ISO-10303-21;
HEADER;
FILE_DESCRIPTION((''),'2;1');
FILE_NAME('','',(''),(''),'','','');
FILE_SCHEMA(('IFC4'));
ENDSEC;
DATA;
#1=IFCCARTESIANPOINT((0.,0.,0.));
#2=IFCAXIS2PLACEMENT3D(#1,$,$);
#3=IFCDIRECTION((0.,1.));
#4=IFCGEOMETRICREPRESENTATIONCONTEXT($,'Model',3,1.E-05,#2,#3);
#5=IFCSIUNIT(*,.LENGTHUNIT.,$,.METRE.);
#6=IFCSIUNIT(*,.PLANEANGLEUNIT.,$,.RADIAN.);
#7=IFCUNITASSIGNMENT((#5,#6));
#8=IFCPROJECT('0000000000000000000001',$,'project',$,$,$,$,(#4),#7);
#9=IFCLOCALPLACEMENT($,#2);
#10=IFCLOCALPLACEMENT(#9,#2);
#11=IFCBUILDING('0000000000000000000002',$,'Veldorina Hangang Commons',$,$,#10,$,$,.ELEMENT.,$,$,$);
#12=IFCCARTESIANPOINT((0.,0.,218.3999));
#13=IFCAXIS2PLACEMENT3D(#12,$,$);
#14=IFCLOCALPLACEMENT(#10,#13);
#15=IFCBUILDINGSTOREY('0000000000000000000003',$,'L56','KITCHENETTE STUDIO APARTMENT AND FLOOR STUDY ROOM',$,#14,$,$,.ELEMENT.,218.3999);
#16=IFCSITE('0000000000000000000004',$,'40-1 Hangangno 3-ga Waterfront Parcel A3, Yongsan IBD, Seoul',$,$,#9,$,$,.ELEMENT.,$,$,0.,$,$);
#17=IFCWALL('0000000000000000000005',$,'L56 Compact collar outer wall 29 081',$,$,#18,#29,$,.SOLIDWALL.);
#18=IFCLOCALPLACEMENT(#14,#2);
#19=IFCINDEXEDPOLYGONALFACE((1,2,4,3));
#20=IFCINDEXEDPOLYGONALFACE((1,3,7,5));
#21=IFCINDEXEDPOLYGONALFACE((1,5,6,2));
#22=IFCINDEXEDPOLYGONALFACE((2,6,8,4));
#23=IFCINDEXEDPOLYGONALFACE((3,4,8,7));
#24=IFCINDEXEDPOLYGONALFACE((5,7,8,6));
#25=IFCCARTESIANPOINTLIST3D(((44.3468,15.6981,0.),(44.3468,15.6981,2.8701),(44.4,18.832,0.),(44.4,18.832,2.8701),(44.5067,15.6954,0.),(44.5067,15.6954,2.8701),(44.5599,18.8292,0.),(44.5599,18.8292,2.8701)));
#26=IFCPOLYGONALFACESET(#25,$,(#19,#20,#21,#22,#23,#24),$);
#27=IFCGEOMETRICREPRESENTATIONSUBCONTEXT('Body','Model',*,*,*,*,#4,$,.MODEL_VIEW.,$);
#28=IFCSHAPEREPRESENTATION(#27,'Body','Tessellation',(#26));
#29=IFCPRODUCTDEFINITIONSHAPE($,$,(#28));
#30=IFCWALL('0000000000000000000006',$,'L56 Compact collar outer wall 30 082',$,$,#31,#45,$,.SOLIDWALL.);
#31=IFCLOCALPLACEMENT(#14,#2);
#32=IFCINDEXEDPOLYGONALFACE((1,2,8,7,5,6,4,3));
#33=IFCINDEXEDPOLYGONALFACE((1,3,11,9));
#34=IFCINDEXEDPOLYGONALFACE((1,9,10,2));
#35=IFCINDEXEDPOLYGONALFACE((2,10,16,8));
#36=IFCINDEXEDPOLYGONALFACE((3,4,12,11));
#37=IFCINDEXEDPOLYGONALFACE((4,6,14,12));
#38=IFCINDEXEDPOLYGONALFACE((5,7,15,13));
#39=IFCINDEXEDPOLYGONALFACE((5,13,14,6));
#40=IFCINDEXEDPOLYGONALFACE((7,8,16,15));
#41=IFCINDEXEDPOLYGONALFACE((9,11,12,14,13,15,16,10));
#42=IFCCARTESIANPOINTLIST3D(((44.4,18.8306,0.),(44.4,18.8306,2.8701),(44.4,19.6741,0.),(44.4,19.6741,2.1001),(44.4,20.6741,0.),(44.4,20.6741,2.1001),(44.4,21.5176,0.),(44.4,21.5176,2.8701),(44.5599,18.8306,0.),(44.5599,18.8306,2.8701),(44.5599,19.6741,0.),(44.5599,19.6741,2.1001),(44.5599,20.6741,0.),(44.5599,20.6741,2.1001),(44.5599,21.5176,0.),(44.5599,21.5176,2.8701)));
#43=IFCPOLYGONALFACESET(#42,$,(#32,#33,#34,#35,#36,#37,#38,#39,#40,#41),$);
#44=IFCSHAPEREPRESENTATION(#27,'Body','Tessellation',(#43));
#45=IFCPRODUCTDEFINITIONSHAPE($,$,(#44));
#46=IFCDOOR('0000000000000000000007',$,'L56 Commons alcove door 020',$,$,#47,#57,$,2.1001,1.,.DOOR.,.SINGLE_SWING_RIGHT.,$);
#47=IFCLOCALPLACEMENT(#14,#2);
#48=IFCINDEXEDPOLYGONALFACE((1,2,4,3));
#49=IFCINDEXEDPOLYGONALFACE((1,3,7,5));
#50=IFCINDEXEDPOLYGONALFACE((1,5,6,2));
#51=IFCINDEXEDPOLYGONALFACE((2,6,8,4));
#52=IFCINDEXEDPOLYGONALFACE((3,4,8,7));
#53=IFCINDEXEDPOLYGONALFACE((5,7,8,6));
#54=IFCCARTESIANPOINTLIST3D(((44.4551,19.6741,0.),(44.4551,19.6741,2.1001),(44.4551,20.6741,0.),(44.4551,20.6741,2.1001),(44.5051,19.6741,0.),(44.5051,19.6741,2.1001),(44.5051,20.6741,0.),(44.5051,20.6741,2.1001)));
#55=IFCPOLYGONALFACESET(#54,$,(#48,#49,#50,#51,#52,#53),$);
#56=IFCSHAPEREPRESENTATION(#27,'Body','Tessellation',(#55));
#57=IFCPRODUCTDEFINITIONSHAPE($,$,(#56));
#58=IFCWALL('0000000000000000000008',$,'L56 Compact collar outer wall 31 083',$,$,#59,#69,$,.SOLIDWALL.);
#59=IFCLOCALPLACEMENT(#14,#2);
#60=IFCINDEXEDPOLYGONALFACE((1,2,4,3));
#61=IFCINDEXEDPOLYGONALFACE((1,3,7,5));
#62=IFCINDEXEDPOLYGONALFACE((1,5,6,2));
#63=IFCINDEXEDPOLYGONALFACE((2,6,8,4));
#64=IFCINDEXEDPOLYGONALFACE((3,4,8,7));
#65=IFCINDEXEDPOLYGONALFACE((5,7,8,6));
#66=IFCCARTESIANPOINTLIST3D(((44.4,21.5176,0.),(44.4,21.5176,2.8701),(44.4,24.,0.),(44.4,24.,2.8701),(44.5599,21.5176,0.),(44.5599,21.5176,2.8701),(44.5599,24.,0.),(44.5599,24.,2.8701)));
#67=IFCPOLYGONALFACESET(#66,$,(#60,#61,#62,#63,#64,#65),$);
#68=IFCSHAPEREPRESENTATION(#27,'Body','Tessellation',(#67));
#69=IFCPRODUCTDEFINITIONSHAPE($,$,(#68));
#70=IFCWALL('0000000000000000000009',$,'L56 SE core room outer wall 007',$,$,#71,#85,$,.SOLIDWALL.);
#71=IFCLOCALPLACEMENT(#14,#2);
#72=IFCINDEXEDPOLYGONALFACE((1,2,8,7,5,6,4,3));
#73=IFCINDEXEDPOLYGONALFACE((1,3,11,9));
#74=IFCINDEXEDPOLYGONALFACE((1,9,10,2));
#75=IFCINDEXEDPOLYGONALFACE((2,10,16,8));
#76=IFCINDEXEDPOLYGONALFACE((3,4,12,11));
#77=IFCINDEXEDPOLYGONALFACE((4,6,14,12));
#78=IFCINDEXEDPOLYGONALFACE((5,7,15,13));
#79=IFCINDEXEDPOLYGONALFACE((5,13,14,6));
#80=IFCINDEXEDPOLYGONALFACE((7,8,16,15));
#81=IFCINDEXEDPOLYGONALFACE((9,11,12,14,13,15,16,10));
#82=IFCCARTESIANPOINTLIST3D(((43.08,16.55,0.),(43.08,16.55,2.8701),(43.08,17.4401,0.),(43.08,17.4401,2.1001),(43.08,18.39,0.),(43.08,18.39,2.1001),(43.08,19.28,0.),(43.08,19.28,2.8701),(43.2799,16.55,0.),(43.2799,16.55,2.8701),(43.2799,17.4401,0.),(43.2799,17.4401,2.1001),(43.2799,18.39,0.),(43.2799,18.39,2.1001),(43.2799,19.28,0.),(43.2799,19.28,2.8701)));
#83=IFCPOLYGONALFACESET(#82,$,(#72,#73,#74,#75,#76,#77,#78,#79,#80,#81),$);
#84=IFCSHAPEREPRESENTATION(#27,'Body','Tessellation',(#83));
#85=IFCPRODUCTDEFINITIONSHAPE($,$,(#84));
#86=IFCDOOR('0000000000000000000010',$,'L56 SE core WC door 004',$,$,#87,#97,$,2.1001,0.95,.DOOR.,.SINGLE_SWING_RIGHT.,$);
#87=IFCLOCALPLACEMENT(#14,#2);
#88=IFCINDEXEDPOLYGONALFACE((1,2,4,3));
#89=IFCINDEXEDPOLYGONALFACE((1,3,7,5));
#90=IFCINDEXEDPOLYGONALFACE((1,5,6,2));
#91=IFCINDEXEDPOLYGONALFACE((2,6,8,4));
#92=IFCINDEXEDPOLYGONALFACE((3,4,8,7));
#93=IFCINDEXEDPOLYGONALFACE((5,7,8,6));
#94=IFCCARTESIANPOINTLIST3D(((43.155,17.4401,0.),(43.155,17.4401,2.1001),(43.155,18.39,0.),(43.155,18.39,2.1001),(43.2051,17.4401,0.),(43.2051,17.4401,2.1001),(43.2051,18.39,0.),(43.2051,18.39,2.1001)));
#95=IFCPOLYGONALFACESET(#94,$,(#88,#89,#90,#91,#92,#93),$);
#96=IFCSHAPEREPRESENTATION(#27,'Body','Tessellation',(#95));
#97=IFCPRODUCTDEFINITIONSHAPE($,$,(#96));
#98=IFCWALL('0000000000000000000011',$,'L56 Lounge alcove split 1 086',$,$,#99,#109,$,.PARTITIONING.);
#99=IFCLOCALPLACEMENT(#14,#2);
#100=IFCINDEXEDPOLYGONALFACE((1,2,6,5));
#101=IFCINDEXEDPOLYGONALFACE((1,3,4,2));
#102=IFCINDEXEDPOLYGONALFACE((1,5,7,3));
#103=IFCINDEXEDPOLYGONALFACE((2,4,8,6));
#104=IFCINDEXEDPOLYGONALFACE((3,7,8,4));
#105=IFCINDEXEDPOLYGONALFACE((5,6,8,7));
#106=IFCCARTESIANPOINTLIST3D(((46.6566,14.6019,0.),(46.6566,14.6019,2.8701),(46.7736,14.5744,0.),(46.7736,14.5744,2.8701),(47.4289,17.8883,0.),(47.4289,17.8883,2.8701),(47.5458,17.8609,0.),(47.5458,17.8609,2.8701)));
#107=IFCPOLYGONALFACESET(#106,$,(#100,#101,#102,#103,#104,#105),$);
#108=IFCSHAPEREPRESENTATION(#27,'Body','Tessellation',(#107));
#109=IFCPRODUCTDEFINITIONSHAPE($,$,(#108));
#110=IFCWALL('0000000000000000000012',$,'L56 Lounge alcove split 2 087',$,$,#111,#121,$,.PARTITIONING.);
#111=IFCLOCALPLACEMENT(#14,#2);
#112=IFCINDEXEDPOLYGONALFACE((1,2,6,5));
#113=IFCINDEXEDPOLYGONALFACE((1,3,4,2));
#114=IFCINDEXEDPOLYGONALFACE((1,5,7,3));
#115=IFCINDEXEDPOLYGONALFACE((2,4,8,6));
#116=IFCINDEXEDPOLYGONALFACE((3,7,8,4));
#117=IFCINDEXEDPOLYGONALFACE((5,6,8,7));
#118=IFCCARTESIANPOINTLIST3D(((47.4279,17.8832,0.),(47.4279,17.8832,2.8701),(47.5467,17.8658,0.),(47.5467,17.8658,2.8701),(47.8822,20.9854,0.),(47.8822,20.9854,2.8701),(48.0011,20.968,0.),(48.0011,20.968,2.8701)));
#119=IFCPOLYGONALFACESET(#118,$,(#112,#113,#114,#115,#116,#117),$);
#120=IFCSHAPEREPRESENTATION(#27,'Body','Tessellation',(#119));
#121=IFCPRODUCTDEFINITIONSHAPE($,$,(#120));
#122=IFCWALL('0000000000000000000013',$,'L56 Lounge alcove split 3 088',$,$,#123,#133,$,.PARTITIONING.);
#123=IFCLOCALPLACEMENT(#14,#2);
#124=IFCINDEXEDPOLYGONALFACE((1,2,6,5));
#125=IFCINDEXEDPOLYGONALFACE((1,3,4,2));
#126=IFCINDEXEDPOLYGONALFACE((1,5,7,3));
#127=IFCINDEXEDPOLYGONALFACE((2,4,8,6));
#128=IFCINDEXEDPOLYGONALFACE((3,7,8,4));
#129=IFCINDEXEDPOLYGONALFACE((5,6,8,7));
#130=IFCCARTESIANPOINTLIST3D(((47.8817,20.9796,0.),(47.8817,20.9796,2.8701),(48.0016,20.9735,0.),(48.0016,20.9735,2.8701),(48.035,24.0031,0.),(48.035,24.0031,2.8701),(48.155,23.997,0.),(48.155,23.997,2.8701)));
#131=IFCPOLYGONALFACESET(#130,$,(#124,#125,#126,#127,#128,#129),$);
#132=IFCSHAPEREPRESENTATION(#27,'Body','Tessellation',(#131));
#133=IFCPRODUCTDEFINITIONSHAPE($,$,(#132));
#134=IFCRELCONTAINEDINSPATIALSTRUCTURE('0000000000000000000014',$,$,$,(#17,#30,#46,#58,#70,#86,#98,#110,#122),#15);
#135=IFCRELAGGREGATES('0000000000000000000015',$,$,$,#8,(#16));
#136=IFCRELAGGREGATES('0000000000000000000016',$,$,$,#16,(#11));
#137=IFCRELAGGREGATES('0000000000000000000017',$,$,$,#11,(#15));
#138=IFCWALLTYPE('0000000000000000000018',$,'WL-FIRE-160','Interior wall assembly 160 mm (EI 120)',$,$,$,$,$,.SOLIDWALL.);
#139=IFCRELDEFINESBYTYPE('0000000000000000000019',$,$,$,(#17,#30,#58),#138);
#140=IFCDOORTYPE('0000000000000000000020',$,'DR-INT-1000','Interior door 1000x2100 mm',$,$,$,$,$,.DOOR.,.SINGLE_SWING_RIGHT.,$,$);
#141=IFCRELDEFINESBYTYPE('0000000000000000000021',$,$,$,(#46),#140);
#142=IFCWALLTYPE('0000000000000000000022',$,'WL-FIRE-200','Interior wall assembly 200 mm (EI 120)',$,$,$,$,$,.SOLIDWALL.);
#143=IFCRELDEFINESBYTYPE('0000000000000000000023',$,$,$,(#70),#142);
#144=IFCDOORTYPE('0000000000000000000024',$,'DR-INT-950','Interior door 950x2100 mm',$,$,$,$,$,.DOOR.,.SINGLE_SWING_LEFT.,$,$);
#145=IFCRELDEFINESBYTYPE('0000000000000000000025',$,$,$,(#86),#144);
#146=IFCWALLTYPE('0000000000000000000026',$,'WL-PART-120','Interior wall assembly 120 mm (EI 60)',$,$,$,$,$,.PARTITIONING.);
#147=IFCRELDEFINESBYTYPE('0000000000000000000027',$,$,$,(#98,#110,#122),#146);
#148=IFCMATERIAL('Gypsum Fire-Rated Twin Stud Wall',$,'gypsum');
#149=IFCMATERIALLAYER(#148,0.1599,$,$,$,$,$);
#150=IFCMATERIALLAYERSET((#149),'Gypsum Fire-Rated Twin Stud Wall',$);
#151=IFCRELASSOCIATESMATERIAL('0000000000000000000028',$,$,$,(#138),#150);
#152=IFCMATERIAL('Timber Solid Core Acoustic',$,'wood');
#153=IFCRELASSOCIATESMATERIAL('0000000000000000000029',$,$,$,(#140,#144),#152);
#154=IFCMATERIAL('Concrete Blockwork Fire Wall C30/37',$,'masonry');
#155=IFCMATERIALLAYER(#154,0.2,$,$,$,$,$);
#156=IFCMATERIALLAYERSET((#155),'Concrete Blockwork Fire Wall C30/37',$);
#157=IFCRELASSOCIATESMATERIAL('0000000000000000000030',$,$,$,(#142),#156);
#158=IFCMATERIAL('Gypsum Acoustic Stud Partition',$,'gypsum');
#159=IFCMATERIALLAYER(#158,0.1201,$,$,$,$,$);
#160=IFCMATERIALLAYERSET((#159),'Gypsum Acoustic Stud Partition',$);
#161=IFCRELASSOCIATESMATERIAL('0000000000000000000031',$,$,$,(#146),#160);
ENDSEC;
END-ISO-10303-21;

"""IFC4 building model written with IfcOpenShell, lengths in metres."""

from ifc_helpers import new_model, si_unit, direction, frame, frame_2d, origin, place, context, subcontext, project, spatial, rectangle, extrude, material, layer, layer_set, type_object, element, fill, save


model = new_model("IFC4")

# Units and contexts
model_context = context("Model", 3, precision=1e-05, world=origin(), true_north=direction((0.0, 1.0)))
body_context = subcontext(model_context, "Body", "Model", "MODEL_VIEW")
ifc_project = project(units=[si_unit("LENGTHUNIT", "METRE"), si_unit("PLANEANGLEUNIT", "RADIAN")], contexts=[model_context])

# Site, building, storey
site_placement = place(None, origin())
site = spatial("IfcSite", under=ifc_project, at=site_placement, Name="40-1 Hangangno 3-ga Waterfront Parcel A3, Yongsan IBD, Seoul", CompositionType="ELEMENT", RefElevation=0.0)
building_placement = place(site_placement, origin())
building = spatial("IfcBuilding", under=site, at=building_placement, Name="Veldorina Hangang Commons", CompositionType="ELEMENT")
storey_placement = place(building_placement, frame((0.0, 0.0, 218.3999)))
storey = spatial("IfcBuildingStorey", under=building, at=storey_placement, Name="L56", Description="KITCHENETTE STUDIO APARTMENT AND FLOOR STUDY ROOM", CompositionType="ELEMENT", Elevation=218.3999)

# Wall
ifc_material_1 = material(Name="Gypsum Fire-Rated Twin Stud Wall", Category="gypsum")
ifc_layer_1 = layer(ifc_material_1, 0.1599)
ifc_layer_set_1 = layer_set([ifc_layer_1], Name="Gypsum Fire-Rated Twin Stud Wall")
wall_type_1 = type_object("IfcWallType", Name="WL-FIRE-160", Description="Interior wall assembly 160 mm (EI 120)", PredefinedType="SOLIDWALL", material=ifc_layer_set_1)
wall_1_placement = place(storey_placement, frame((44.4268, 15.6968, 0.0), z_axis=(0.0, 0.0, 1.0), x_axis=(0.016981, 0.999856, 0.0)))
element("IfcWall", 1, at=wall_1_placement, inside=storey, type_object=wall_type_1, Name="L56 Compact collar outer wall 29 081", PredefinedType="SOLIDWALL", context=body_context, shape_type="SweptSolid", body=[
    extrude(rectangle(XDim=3.1343, YDim=0.1599, at=frame_2d((1.5671, 0.0))), origin(), (0.0, 0.0, 1.0), 2.8701),
])

# Wall, opening, door
wall_2_placement = place(storey_placement, frame((44.48, 18.8306, 0.0), z_axis=(0.0, 0.0, 1.0), x_axis=(0.0, 1.0, 0.0)))
wall_2 = element("IfcWall", 2, at=wall_2_placement, inside=storey, type_object=wall_type_1, Name="L56 Compact collar outer wall 30 082", PredefinedType="SOLIDWALL", context=body_context, shape_type="SweptSolid", body=[
    extrude(rectangle(XDim=2.687, YDim=0.1599, at=frame_2d((1.3435, 0.0))), origin(), (0.0, 0.0, 1.0), 2.8701),
])
opening_1_placement = place(wall_2_placement, frame((0.8435, 0.0, 0.0)))
opening_1 = element("IfcOpeningElement", 3, at=opening_1_placement, cuts=wall_2, PredefinedType="OPENING", context=body_context, shape_type="SweptSolid", body=[
    extrude(rectangle(XDim=1.0, YDim=2.1001, at=frame_2d((0.5, 1.05))), frame((0.0, 0.0898, 0.0), z_axis=(0.0, -1.0, 0.0), x_axis=(1.0, 0.0, 0.0)), (0.0, 0.0, 1.0), 0.1799),
])
ifc_material_2 = material(Name="Timber Solid Core Acoustic", Category="wood")
door_type_1 = type_object("IfcDoorType", Name="DR-INT-1000", Description="Interior door 1000x2100 mm", OperationType="SINGLE_SWING_RIGHT", PredefinedType="DOOR", material=ifc_material_2)
door_1_placement = place(opening_1_placement, origin())
door_1 = element("IfcDoor", 4, at=door_1_placement, inside=storey, type_object=door_type_1, Name="L56 Commons alcove door 020", OperationType="SINGLE_SWING_RIGHT", OverallHeight=2.1001, OverallWidth=1.0, PredefinedType="DOOR", context=body_context, shape_type="SweptSolid", body=[
    extrude(rectangle(XDim=1.0, YDim=2.1001, at=frame_2d((0.5, 1.05))), frame((0.0, 0.0249, 0.0), z_axis=(0.0, -1.0, 0.0), x_axis=(1.0, 0.0, 0.0)), (0.0, 0.0, 1.0), 0.05),
])
fill(opening_1, door_1)

# Wall
wall_3_placement = place(storey_placement, frame((44.48, 21.5176, 0.0), z_axis=(0.0, 0.0, 1.0), x_axis=(0.0, 1.0, 0.0)))
element("IfcWall", 5, at=wall_3_placement, inside=storey, type_object=wall_type_1, Name="L56 Compact collar outer wall 31 083", PredefinedType="SOLIDWALL", context=body_context, shape_type="SweptSolid", body=[
    extrude(rectangle(XDim=2.4824, YDim=0.1599, at=frame_2d((1.2412, 0.0))), origin(), (0.0, 0.0, 1.0), 2.8701),
])

# Wall, opening, door
ifc_material_3 = material(Name="Concrete Blockwork Fire Wall C30/37", Category="masonry")
ifc_layer_2 = layer(ifc_material_3, 0.2)
ifc_layer_set_2 = layer_set([ifc_layer_2], Name="Concrete Blockwork Fire Wall C30/37")
wall_type_2 = type_object("IfcWallType", Name="WL-FIRE-200", Description="Interior wall assembly 200 mm (EI 120)", PredefinedType="SOLIDWALL", material=ifc_layer_set_2)
wall_4_placement = place(storey_placement, frame((43.1799, 16.55, 0.0), z_axis=(0.0, 0.0, 1.0), x_axis=(0.0, 1.0, 0.0)))
wall_4 = element("IfcWall", 6, at=wall_4_placement, inside=storey, type_object=wall_type_2, Name="L56 SE core room outer wall 007", PredefinedType="SOLIDWALL", context=body_context, shape_type="SweptSolid", body=[
    extrude(rectangle(XDim=2.73, YDim=0.2, at=frame_2d((1.365, 0.0))), origin(), (0.0, 0.0, 1.0), 2.8701),
])
opening_2_placement = place(wall_4_placement, frame((0.8899, 0.0, 0.0)))
opening_2 = element("IfcOpeningElement", 7, at=opening_2_placement, cuts=wall_4, PredefinedType="OPENING", context=body_context, shape_type="SweptSolid", body=[
    extrude(rectangle(XDim=0.95, YDim=2.1001, at=frame_2d((0.4751, 1.05))), frame((0.0, 0.1099, 0.0), z_axis=(0.0, -1.0, 0.0), x_axis=(1.0, 0.0, 0.0)), (0.0, 0.0, 1.0), 0.22),
])
door_type_2 = type_object("IfcDoorType", Name="DR-INT-950", Description="Interior door 950x2100 mm", OperationType="SINGLE_SWING_LEFT", PredefinedType="DOOR", material=ifc_material_2)
door_2_placement = place(opening_2_placement, origin())
door_2 = element("IfcDoor", 8, at=door_2_placement, inside=storey, type_object=door_type_2, Name="L56 SE core WC door 004", OperationType="SINGLE_SWING_RIGHT", OverallHeight=2.1001, OverallWidth=0.95, PredefinedType="DOOR", context=body_context, shape_type="SweptSolid", body=[
    extrude(rectangle(XDim=0.95, YDim=2.1001, at=frame_2d((0.4751, 1.05))), frame((0.0, 0.0249, 0.0), z_axis=(0.0, -1.0, 0.0), x_axis=(1.0, 0.0, 0.0)), (0.0, 0.0, 1.0), 0.05),
])
fill(opening_2, door_2)

# Walls
ifc_material_4 = material(Name="Gypsum Acoustic Stud Partition", Category="gypsum")
ifc_layer_3 = layer(ifc_material_4, 0.1201)
ifc_layer_set_3 = layer_set([ifc_layer_3], Name="Gypsum Acoustic Stud Partition")
wall_type_3 = type_object("IfcWallType", Name="WL-PART-120", Description="Interior wall assembly 120 mm (EI 60)", PredefinedType="PARTITIONING", material=ifc_layer_set_3)
wall_5_placement = place(storey_placement, frame((46.7151, 14.5881, 0.0), z_axis=(0.0, 0.0, 1.0), x_axis=(0.228745, 0.973486, 0.0)))
element("IfcWall", 9, at=wall_5_placement, inside=storey, type_object=wall_type_3, Name="L56 Lounge alcove split 1 086", PredefinedType="PARTITIONING", context=body_context, shape_type="SweptSolid", body=[
    extrude(rectangle(XDim=3.376, YDim=0.1201, at=frame_2d((1.688, 0.0))), origin(), (0.0, 0.0, 1.0), 2.8701),
])
wall_6_placement = place(storey_placement, frame((47.4873, 17.8745, 0.0), z_axis=(0.0, 0.0, 1.0), x_axis=(0.14492, 0.989443, 0.0)))
element("IfcWall", 10, at=wall_6_placement, inside=storey, type_object=wall_type_3, Name="L56 Lounge alcove split 2 087", PredefinedType="PARTITIONING", context=body_context, shape_type="SweptSolid", body=[
    extrude(rectangle(XDim=3.1353, YDim=0.1201, at=frame_2d((1.5676, 0.0))), origin(), (0.0, 0.0, 1.0), 2.8701),
])
wall_7_placement = place(storey_placement, frame((47.9417, 20.9766, 0.0), z_axis=(0.0, 0.0, 1.0), x_axis=(0.050646, 0.998717, 0.0)))
element("IfcWall", 11, at=wall_7_placement, inside=storey, type_object=wall_type_3, Name="L56 Lounge alcove split 3 088", PredefinedType="PARTITIONING", context=body_context, shape_type="SweptSolid", body=[
    extrude(rectangle(XDim=3.0273, YDim=0.1201, at=frame_2d((1.5137, 0.0))), origin(), (0.0, 0.0, 1.0), 2.8701),
])

save(model, "model.ifc")
